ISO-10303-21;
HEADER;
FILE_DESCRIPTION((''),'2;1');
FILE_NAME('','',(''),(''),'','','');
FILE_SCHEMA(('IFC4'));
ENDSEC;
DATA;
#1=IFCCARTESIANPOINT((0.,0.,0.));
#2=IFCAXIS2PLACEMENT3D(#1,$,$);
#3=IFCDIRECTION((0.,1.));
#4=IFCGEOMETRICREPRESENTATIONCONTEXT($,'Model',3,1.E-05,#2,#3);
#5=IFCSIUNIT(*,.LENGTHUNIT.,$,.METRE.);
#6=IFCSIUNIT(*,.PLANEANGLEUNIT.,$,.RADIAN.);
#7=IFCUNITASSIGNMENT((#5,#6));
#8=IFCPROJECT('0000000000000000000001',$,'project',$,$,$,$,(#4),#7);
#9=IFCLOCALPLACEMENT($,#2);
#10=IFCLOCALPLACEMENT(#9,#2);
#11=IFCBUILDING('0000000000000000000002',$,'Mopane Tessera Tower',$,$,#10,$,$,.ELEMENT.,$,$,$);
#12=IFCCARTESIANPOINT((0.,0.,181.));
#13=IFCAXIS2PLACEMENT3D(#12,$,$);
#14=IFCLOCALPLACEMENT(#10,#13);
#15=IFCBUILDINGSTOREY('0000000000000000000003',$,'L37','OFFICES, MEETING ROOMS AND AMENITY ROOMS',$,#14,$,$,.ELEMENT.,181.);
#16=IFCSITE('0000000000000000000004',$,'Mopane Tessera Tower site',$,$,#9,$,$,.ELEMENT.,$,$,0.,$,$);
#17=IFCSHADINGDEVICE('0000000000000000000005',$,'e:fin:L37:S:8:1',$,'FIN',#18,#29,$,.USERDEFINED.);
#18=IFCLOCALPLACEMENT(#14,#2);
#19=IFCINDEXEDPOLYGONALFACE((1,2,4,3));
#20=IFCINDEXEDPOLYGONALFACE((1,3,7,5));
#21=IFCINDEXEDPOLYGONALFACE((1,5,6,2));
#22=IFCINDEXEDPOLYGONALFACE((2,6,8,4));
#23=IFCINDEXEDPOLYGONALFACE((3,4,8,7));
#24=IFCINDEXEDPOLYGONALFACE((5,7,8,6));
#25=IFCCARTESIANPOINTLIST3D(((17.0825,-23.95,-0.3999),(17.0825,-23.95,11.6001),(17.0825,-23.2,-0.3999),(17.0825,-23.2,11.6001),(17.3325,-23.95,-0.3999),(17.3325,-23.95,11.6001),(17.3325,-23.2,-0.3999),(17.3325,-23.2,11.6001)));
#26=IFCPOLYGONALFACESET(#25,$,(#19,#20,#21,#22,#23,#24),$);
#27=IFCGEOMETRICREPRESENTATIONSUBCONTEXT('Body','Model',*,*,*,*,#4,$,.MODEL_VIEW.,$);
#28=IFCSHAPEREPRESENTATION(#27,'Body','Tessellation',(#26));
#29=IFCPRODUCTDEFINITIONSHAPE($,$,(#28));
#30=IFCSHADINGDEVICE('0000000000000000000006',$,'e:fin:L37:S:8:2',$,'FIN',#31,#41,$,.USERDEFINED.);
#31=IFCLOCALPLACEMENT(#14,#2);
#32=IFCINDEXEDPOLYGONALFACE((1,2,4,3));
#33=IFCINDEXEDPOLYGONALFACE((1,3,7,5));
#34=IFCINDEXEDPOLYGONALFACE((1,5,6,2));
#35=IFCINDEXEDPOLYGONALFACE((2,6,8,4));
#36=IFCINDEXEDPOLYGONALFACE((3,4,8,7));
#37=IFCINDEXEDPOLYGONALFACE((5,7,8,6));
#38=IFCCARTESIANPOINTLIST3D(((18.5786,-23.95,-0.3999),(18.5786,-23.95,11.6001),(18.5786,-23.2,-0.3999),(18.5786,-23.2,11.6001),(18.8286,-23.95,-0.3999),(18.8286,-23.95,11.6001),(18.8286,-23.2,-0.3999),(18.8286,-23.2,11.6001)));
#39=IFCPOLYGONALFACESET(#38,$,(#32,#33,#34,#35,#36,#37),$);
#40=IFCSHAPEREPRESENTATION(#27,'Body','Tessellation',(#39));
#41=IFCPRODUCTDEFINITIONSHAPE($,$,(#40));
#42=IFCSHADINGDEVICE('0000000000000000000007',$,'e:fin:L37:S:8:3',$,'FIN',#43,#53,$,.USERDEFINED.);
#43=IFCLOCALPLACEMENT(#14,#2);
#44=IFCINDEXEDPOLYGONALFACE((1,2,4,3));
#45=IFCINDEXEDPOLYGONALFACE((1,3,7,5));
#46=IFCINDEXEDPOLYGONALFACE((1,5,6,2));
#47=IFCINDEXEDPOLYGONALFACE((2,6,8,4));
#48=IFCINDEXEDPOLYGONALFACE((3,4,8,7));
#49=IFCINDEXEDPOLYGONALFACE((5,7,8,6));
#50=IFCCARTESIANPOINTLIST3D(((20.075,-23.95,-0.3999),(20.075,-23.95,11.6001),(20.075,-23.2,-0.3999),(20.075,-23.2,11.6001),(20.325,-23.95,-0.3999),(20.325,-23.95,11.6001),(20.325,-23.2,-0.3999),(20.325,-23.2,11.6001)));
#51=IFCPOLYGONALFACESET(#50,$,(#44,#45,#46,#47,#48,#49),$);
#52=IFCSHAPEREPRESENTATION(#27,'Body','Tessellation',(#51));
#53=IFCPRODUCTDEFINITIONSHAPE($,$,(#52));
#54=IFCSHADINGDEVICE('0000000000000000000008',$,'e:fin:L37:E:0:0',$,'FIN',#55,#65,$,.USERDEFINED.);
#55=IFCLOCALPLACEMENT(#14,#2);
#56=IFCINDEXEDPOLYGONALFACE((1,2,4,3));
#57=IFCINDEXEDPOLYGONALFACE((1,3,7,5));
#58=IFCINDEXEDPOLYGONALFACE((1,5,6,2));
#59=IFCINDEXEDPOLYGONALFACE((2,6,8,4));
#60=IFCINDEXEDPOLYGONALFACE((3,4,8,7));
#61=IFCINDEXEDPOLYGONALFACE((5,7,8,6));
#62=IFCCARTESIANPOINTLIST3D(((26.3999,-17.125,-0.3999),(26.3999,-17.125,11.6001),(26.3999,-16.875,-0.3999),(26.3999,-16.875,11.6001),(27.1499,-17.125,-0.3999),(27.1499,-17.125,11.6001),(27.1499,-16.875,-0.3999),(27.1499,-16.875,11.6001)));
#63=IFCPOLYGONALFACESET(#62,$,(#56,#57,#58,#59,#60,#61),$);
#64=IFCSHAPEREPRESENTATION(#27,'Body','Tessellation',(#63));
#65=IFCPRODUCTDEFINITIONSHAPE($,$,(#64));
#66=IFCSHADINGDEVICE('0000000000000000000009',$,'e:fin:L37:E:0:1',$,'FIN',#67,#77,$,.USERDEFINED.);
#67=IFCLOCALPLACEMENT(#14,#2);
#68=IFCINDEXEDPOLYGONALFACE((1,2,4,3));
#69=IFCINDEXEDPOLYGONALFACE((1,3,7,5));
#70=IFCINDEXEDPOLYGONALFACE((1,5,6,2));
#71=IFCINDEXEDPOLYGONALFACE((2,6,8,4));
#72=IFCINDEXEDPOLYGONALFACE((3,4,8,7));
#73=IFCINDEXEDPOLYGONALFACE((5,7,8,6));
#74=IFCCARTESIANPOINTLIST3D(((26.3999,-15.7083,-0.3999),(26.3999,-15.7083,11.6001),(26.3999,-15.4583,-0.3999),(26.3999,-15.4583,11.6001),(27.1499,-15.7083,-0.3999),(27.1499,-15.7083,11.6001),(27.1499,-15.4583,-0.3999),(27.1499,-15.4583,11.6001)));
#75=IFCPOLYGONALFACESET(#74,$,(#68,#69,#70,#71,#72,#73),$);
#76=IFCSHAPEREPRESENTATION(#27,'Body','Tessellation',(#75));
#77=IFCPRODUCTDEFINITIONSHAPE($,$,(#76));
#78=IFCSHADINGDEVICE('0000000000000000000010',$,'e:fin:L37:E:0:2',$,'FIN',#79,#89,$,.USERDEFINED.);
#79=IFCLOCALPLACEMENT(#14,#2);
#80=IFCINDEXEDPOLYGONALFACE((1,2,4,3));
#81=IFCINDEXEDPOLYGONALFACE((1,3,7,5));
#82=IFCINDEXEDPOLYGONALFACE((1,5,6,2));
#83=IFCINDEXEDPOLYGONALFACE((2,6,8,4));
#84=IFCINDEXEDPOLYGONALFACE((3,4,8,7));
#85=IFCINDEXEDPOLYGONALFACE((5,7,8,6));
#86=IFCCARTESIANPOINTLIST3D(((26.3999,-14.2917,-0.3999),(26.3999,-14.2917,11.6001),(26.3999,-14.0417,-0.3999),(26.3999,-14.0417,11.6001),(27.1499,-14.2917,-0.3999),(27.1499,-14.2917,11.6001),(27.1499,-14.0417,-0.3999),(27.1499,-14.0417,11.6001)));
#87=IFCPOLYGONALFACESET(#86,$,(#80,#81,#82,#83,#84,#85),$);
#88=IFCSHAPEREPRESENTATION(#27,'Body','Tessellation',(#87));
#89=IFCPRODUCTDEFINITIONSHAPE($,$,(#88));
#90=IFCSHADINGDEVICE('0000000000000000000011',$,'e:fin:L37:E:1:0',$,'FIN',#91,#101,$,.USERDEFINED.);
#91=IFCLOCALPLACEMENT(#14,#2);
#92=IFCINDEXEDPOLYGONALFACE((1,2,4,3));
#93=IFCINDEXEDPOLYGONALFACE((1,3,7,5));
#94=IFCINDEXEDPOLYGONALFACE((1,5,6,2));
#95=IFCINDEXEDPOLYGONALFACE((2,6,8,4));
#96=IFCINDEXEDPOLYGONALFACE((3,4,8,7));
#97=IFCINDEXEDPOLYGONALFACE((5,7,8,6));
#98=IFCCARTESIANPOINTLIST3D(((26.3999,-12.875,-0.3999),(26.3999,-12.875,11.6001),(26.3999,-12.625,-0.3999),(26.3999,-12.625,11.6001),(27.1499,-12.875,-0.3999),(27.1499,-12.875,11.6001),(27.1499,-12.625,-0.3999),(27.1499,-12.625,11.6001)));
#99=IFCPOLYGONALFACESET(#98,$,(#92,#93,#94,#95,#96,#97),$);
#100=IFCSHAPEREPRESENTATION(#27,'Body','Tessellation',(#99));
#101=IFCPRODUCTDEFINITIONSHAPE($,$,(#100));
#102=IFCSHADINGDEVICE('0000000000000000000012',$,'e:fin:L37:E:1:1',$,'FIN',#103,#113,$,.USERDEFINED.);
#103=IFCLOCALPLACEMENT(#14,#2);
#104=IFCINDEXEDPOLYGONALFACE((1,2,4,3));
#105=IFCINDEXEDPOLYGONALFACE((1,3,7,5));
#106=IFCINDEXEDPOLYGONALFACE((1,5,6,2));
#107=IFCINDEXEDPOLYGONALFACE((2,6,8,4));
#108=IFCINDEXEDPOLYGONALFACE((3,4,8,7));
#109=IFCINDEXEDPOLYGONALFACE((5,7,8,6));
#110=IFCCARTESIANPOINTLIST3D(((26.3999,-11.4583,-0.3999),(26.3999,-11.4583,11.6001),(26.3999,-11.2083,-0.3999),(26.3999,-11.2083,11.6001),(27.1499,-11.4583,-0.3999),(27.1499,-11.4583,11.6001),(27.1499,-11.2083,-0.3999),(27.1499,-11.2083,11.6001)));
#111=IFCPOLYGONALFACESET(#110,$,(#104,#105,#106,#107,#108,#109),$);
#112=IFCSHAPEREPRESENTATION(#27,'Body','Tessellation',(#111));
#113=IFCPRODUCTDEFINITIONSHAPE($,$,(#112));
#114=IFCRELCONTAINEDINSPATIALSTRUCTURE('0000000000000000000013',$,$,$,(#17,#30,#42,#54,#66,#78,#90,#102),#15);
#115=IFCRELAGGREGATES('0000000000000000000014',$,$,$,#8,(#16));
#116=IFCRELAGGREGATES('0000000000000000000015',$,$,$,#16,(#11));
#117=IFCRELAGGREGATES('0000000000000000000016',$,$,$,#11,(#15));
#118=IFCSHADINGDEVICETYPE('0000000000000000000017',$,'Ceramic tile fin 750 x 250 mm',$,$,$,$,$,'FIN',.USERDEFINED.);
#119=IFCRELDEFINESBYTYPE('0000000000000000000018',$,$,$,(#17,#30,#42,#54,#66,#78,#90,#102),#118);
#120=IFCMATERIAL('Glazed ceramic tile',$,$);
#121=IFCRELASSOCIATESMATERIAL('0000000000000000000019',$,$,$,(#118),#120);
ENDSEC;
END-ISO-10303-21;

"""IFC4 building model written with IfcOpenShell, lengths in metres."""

from ifc_helpers import new_model, si_unit, direction, frame, origin, origin_2d, place, context, subcontext, project, spatial, rectangle, extrude, material, type_object, element, save


model = new_model("IFC4")

# Units and contexts
model_context = context("Model", 3, precision=1e-05, world=origin(), true_north=direction((0.0, 1.0)))
body_context = subcontext(model_context, "Body", "Model", "MODEL_VIEW")
ifc_project = project(units=[si_unit("LENGTHUNIT", "METRE"), si_unit("PLANEANGLEUNIT", "RADIAN")], contexts=[model_context])

# Site, building, storey
site_placement = place(None, origin())
site = spatial("IfcSite", under=ifc_project, at=site_placement, Name="Mopane Tessera Tower site", CompositionType="ELEMENT", RefElevation=0.0)
building_placement = place(site_placement, origin())
building = spatial("IfcBuilding", under=site, at=building_placement, Name="Mopane Tessera Tower", CompositionType="ELEMENT")
storey_placement = place(building_placement, frame((0.0, 0.0, 181.0)))
storey = spatial("IfcBuildingStorey", under=building, at=storey_placement, Name="L37", Description="OFFICES, MEETING ROOMS AND AMENITY ROOMS", CompositionType="ELEMENT", Elevation=181.0)

# Shading devices
ifc_material_1 = material(Name="Glazed ceramic tile")
shading_device_type = type_object("IfcShadingDeviceType", Name="Ceramic tile fin 750 x 250 mm", ElementType="FIN", PredefinedType="USERDEFINED", material=ifc_material_1)
for number, where, z_axis, x_axis, name in (
    (1, (17.2075, -23.575, -0.3999), (0.0, 0.0, 1.0), (1.0, 0.0, 0.0), "e:fin:L37:S:8:1"),
    (2, (18.7036, -23.575, -0.3999), (0.0, 0.0, 1.0), (1.0, 0.0, 0.0), "e:fin:L37:S:8:2"),
    (3, (20.2, -23.575, -0.3999), (0.0, 0.0, 1.0), (1.0, 0.0, 0.0), "e:fin:L37:S:8:3"),
    (4, (26.7749, -17.0, -0.3999), (0.0, 0.0, 1.0), (0.0, 1.0, 0.0), "e:fin:L37:E:0:0"),
    (5, (26.7749, -15.5833, -0.3999), (0.0, 0.0, 1.0), (0.0, 1.0, 0.0), "e:fin:L37:E:0:1"),
    (6, (26.7749, -14.1667, -0.3999), (0.0, 0.0, 1.0), (0.0, 1.0, 0.0), "e:fin:L37:E:0:2"),
    (7, (26.7749, -12.75, -0.3999), (0.0, 0.0, 1.0), (0.0, 1.0, 0.0), "e:fin:L37:E:1:0"),
    (8, (26.7749, -11.3333, -0.3999), (0.0, 0.0, 1.0), (0.0, 1.0, 0.0), "e:fin:L37:E:1:1"),
):
    element("IfcShadingDevice", number, at=place(storey_placement, frame(where, z_axis=z_axis, x_axis=x_axis)), inside=storey, type_object=shading_device_type, Name=name, ObjectType="FIN", PredefinedType="USERDEFINED", context=body_context, shape_type="SweptSolid", body=[
        extrude(rectangle(XDim=0.25, YDim=0.75, at=origin_2d()), origin(), (0.0, 0.0, 1.0), 12.0),
    ])

save(model, "model.ifc")
